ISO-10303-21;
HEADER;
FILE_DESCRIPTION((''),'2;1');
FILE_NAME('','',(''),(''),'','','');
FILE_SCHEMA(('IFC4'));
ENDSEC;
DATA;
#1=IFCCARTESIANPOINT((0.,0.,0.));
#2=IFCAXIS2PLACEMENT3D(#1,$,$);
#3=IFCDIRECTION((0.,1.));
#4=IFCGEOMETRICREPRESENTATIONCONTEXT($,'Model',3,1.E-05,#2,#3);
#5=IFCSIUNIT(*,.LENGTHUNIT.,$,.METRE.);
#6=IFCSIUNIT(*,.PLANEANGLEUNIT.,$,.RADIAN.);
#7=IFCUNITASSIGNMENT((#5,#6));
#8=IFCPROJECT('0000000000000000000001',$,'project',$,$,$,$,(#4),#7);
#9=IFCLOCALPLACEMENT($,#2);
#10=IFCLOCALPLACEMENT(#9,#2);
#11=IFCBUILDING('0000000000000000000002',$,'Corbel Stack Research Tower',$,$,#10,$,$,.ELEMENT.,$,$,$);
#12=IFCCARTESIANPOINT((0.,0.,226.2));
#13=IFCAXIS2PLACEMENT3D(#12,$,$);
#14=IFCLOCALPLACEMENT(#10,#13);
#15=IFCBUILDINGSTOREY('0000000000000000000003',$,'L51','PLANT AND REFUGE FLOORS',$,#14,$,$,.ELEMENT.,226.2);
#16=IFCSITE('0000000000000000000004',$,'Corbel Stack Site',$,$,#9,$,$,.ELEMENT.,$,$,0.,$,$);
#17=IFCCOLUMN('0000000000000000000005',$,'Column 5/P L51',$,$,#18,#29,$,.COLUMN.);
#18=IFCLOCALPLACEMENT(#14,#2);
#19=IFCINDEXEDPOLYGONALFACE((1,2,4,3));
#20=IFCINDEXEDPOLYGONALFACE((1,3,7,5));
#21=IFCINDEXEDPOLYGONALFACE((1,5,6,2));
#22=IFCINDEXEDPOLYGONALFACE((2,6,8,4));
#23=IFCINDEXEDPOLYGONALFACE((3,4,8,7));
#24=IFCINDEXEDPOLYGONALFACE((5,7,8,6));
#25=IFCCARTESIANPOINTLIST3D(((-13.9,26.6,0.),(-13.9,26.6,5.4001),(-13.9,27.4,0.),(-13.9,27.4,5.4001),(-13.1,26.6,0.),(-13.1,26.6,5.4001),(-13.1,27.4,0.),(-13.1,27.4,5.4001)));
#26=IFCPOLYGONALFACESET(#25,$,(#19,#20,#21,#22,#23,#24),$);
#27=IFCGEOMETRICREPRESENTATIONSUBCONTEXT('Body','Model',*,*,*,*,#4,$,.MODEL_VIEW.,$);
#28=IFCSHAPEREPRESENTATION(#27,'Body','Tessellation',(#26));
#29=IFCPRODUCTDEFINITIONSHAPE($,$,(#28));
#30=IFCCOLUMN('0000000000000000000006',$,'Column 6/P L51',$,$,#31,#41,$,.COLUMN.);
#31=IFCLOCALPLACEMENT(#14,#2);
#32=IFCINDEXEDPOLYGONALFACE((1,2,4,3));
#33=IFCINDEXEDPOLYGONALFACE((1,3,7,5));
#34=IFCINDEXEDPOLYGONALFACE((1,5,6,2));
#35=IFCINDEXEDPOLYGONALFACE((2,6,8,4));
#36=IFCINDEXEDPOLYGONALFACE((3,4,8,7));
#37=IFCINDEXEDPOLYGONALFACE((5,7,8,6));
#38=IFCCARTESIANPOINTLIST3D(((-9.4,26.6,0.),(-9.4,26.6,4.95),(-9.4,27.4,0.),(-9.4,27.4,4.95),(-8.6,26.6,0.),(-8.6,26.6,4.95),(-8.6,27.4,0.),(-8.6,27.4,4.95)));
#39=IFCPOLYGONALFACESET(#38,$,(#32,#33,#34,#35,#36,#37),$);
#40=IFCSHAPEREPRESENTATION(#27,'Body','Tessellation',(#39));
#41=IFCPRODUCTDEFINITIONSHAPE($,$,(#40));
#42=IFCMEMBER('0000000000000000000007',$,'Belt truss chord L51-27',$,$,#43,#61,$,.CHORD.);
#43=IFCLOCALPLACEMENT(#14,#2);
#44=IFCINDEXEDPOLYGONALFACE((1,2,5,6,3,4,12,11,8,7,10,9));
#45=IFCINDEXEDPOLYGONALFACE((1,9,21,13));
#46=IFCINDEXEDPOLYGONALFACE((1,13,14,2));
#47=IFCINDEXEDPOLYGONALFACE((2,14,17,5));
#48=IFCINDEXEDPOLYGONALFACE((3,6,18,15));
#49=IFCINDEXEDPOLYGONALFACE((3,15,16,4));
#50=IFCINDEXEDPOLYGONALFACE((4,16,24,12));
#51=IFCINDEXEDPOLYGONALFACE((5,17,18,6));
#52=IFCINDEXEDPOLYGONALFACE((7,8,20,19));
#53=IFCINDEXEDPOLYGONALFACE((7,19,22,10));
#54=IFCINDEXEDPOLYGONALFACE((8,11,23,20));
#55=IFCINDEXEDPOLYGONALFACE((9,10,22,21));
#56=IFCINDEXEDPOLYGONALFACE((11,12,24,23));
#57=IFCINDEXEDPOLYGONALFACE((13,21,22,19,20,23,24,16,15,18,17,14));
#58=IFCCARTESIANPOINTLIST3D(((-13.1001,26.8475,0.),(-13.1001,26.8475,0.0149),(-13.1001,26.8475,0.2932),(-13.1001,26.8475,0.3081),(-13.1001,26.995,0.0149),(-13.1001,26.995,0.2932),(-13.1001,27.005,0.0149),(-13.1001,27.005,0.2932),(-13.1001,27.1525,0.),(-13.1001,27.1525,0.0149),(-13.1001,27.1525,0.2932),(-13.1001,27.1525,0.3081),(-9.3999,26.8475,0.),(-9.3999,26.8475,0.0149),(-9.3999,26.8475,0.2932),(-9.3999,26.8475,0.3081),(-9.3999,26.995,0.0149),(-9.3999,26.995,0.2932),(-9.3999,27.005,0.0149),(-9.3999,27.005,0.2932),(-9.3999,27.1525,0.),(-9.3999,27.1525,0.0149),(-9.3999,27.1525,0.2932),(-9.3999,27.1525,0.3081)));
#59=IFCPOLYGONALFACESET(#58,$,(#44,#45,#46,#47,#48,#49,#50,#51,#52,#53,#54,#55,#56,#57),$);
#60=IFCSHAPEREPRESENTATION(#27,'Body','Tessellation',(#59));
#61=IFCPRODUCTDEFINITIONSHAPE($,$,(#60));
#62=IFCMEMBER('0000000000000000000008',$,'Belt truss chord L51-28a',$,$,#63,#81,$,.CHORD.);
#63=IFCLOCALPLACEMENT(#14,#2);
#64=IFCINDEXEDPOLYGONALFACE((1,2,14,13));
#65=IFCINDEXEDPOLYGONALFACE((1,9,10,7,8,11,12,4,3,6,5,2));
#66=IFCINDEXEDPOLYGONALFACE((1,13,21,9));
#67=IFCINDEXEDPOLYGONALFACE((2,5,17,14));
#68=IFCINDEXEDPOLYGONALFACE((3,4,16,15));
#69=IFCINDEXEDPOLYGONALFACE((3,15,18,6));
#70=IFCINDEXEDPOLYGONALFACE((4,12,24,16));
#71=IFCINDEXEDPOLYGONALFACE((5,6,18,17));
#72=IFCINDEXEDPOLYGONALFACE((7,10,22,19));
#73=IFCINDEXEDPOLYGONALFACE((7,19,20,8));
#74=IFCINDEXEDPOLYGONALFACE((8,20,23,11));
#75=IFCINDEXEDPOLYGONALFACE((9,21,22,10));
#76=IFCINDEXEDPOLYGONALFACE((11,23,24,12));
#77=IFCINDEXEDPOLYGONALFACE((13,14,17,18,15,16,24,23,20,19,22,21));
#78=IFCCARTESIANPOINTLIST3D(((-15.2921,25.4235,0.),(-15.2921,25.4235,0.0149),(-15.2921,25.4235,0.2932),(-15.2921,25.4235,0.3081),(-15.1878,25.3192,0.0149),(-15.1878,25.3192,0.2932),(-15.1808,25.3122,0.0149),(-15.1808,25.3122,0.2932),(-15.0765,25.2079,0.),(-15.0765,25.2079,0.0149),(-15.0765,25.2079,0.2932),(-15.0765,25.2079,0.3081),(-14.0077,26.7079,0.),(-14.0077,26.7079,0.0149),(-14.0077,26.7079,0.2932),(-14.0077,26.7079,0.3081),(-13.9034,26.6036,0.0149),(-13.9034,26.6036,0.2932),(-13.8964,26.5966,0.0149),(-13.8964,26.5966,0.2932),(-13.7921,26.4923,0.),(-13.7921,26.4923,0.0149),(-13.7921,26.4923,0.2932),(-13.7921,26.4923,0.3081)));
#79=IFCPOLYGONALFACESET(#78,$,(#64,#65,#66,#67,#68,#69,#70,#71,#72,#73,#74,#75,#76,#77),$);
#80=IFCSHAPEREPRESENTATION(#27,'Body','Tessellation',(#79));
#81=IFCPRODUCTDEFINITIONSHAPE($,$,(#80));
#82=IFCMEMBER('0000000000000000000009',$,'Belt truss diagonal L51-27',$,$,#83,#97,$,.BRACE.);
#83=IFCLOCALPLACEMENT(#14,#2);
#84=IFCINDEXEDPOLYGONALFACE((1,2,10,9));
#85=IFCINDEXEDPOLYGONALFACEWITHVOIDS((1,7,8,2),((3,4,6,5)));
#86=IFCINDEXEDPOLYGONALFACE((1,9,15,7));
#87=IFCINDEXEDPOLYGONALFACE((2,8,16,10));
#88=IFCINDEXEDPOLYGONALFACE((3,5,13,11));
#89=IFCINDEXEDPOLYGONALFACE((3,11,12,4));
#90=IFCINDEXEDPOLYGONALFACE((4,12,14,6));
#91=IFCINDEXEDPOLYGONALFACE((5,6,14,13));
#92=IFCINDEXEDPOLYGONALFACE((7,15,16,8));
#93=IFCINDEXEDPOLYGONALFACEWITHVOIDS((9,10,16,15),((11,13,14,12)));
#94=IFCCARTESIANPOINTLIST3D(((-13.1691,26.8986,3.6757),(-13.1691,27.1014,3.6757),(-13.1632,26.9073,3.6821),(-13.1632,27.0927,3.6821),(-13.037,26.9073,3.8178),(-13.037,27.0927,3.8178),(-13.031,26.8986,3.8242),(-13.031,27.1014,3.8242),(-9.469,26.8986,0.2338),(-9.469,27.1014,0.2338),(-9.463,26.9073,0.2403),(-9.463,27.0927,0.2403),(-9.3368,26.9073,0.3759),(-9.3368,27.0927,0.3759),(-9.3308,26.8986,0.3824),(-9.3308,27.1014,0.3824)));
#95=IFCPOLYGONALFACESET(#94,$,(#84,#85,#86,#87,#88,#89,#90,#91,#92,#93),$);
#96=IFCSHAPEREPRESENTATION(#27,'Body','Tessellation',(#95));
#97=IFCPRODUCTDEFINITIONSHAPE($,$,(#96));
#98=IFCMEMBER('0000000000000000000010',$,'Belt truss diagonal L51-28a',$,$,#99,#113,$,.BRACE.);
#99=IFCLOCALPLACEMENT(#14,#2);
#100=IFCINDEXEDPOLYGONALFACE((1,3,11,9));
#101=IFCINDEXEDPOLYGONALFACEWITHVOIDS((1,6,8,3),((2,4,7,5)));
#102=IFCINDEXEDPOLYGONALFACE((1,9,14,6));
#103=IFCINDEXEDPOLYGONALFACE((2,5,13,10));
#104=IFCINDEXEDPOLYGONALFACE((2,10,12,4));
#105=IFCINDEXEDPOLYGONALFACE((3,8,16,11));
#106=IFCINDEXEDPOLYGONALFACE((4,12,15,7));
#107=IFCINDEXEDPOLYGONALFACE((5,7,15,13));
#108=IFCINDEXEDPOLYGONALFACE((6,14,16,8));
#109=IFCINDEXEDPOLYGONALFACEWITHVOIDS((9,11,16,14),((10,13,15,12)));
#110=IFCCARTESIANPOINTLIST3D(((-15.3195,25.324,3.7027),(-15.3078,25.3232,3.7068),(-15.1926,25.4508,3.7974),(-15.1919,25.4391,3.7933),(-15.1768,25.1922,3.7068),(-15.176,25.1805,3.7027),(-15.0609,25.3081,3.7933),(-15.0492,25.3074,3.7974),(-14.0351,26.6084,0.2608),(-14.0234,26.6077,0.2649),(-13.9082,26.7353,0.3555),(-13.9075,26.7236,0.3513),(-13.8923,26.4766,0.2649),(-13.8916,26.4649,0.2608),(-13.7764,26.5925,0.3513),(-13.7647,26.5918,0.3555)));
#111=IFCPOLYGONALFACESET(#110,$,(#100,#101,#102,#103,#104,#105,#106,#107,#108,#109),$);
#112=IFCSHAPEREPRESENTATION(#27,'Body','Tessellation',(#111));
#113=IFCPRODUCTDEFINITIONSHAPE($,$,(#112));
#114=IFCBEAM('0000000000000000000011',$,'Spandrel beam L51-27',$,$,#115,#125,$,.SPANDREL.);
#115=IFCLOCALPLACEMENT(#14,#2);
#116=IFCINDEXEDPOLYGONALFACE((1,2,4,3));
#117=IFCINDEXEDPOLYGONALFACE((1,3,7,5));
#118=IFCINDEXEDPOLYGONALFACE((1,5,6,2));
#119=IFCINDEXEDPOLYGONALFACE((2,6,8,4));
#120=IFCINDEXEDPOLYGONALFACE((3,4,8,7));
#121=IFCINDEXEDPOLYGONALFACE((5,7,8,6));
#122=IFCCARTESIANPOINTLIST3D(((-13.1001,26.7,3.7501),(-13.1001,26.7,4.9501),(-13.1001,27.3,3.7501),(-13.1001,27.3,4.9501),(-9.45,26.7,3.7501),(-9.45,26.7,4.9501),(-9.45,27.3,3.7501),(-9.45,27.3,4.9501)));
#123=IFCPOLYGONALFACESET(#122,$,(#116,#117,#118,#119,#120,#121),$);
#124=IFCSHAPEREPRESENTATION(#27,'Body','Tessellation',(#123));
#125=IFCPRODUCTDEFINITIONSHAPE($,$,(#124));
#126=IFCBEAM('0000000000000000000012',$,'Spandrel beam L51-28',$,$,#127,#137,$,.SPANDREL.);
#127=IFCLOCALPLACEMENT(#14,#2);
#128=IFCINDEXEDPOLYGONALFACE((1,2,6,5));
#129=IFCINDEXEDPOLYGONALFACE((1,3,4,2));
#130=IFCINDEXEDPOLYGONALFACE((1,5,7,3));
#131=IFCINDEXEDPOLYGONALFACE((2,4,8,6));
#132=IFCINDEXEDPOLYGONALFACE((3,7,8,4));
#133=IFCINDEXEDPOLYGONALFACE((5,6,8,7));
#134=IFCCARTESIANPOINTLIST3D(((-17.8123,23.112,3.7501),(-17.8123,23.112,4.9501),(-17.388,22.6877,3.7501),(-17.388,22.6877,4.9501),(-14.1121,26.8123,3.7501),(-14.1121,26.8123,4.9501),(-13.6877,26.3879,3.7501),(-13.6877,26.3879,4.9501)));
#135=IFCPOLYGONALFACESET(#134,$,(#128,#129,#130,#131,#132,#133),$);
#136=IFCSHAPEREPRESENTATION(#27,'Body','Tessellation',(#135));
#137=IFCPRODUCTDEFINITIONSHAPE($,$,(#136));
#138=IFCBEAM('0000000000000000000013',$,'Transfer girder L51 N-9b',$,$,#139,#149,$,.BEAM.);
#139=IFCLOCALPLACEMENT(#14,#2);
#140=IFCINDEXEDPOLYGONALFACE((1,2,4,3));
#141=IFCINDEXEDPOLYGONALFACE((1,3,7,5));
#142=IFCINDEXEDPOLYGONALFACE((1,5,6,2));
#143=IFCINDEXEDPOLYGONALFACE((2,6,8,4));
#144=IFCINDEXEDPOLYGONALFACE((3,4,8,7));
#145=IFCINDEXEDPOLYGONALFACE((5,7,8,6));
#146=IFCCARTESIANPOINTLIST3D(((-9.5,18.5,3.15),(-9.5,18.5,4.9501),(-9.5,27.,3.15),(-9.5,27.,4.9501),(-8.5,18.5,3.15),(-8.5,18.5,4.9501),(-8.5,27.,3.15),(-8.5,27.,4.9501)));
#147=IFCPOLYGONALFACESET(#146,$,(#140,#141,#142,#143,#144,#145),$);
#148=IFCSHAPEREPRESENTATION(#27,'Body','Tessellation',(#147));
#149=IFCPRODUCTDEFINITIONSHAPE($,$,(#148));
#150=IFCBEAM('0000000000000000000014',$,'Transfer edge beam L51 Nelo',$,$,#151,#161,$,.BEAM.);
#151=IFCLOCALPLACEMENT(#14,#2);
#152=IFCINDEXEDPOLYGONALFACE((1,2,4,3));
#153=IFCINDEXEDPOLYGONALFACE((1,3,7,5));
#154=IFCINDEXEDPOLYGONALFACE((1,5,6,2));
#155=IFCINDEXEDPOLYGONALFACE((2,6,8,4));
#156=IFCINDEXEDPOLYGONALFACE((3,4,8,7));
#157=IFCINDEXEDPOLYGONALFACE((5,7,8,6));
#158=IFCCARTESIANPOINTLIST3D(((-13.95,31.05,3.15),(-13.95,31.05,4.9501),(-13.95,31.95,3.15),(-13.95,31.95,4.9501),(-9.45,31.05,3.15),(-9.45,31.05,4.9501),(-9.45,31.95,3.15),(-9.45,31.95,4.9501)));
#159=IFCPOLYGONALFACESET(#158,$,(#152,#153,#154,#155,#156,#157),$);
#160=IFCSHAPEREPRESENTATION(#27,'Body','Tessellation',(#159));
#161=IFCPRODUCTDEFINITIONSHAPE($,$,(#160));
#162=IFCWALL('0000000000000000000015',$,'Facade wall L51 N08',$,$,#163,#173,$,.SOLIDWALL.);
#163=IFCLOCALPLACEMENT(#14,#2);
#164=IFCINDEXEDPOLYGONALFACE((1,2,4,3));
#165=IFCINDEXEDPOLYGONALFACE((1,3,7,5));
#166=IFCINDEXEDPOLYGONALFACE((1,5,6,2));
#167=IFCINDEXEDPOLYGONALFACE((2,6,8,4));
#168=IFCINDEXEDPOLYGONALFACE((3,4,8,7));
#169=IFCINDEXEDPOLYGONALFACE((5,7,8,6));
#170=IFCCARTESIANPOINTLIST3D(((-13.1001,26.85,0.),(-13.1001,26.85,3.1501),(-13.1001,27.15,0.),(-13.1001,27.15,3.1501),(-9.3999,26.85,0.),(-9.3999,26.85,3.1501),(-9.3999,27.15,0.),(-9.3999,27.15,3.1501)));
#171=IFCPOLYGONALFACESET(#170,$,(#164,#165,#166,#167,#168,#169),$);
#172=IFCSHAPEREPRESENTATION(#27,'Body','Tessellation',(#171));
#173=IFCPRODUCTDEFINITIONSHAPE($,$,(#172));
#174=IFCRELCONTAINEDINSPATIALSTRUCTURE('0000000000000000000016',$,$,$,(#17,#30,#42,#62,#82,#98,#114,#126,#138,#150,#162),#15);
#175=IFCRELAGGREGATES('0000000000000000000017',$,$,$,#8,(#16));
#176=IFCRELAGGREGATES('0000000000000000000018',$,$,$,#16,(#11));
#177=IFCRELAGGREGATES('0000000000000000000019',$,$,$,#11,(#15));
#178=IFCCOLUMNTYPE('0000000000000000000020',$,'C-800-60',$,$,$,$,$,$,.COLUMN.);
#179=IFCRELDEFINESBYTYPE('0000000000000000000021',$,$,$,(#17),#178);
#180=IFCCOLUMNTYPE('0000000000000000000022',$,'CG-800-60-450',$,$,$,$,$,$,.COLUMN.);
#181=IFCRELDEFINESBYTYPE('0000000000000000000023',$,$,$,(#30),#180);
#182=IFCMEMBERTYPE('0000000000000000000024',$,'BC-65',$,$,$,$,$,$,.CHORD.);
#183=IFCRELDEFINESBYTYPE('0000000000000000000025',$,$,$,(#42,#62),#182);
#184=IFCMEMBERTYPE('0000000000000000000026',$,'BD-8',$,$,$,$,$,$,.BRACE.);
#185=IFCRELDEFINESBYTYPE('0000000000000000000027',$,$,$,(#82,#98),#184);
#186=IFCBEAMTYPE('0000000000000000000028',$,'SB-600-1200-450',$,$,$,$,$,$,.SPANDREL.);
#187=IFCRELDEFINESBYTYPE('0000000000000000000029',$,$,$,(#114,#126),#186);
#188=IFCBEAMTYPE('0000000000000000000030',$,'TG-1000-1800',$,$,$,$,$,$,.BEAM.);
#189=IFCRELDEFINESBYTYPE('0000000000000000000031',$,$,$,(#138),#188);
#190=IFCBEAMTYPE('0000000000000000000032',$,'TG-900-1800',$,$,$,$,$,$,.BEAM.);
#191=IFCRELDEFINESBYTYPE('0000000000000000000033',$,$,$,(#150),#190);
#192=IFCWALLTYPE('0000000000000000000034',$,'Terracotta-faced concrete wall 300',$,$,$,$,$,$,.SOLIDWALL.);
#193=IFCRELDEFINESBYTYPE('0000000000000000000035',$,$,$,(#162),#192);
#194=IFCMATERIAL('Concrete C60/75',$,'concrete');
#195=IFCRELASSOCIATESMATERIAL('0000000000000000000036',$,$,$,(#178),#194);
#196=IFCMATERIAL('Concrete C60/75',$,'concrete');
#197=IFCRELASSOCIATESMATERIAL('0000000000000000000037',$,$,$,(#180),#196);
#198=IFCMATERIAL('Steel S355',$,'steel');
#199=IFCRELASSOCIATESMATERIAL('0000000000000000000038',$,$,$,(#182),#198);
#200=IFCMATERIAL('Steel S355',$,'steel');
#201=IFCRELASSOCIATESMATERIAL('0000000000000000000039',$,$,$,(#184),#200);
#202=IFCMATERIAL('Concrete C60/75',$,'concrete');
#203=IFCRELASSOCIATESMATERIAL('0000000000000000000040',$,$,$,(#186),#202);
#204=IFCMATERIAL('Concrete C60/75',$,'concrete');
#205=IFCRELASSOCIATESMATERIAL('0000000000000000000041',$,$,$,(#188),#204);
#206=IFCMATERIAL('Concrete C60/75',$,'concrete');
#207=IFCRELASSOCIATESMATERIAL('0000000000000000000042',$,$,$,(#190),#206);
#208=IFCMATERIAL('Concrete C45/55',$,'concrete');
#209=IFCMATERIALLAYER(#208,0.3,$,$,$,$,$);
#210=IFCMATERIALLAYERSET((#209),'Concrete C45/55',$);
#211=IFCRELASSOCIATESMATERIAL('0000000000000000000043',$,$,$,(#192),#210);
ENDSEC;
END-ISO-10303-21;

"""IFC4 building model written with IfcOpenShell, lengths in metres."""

from ifc_helpers import new_model, si_unit, direction, frame, frame_2d, origin, origin_2d, place, context, subcontext, project, spatial, rectangle, hollow_rectangle, i_section, extrude, material, layer, layer_set, material_profile, profile_set, type_object, element, save


model = new_model("IFC4")

# Units and contexts
model_context = context("Model", 3, precision=1e-05, world=origin(), true_north=direction((0.0, 1.0)))
body_context = subcontext(model_context, "Body", "Model", "MODEL_VIEW")
ifc_project = project(units=[si_unit("LENGTHUNIT", "METRE"), si_unit("PLANEANGLEUNIT", "RADIAN")], contexts=[model_context])

# Site, building, storey
site_placement = place(None, origin())
site = spatial("IfcSite", under=ifc_project, at=site_placement, Name="Corbel Stack Site", CompositionType="ELEMENT", RefElevation=0.0)
building_placement = place(site_placement, origin())
building = spatial("IfcBuilding", under=site, at=building_placement, Name="Corbel Stack Research Tower", CompositionType="ELEMENT")
storey_placement = place(building_placement, frame((0.0, 0.0, 226.2)))
storey = spatial("IfcBuildingStorey", under=building, at=storey_placement, Name="L51", Description="PLANT AND REFUGE FLOORS", CompositionType="ELEMENT", Elevation=226.2)

# Columns
ifc_material_1 = material(Name="Concrete C60/75", Category="concrete")
ifc_material_profile_1 = material_profile(ifc_material_1, rectangle(XDim=0.8, YDim=0.8, at=origin_2d()), Name="RC 800 x 800")
ifc_profile_set_1 = profile_set([ifc_material_profile_1], Name="Concrete C60/75")
column_type_1 = type_object("IfcColumnType", Name="C-800-60", PredefinedType="COLUMN", material=ifc_profile_set_1)
column_1_placement = place(storey_placement, frame((-13.5, 27.0, 0.0), z_axis=(0.0, 0.0, 1.0), x_axis=(1.0, 0.0, 0.0)))
element("IfcColumn", 1, at=column_1_placement, inside=storey, type_object=column_type_1, Name="Column 5/P L51", PredefinedType="COLUMN", context=body_context, shape_type="SweptSolid", body=[
    extrude(rectangle(XDim=0.8, YDim=0.8, at=origin_2d()), origin(), (0.0, 0.0, 1.0), 5.4001),
])
ifc_material_2 = material(Name="Concrete C60/75", Category="concrete")
ifc_material_profile_2 = material_profile(ifc_material_2, rectangle(XDim=0.8, YDim=0.8, at=origin_2d()), Name="RC 800 x 800")
ifc_profile_set_2 = profile_set([ifc_material_profile_2], Name="Concrete C60/75")
column_type_2 = type_object("IfcColumnType", Name="CG-800-60-450", PredefinedType="COLUMN", material=ifc_profile_set_2)
column_2_placement = place(storey_placement, frame((-9.0, 27.0, 0.0), z_axis=(0.0, 0.0, 1.0), x_axis=(1.0, 0.0, 0.0)))
element("IfcColumn", 2, at=column_2_placement, inside=storey, type_object=column_type_2, Name="Column 6/P L51", PredefinedType="COLUMN", context=body_context, shape_type="SweptSolid", body=[
    extrude(rectangle(XDim=0.8, YDim=0.8, at=origin_2d()), origin(), (0.0, 0.0, 1.0), 4.95),
])

# Members
ifc_material_3 = material(Name="Steel S355", Category="steel")
ifc_material_profile_3 = material_profile(ifc_material_3, i_section(OverallWidth=0.3049, OverallDepth=0.3081, WebThickness=0.01, FlangeThickness=0.0149, at=origin_2d()), Name="W12x65")
ifc_profile_set_3 = profile_set([ifc_material_profile_3], Name="Steel S355")
member_type_1 = type_object("IfcMemberType", Name="BC-65", PredefinedType="CHORD", material=ifc_profile_set_3)
member_1_placement = place(storey_placement, frame((-9.3999, 27.0, 0.1541), z_axis=(-1.0, 0.0, 0.0), x_axis=(0.0, -1.0, 0.0)))
element("IfcMember", 3, at=member_1_placement, inside=storey, type_object=member_type_1, Name="Belt truss chord L51-27", PredefinedType="CHORD", context=body_context, shape_type="SweptSolid", body=[
    extrude(i_section(OverallWidth=0.3049, OverallDepth=0.3081, WebThickness=0.01, FlangeThickness=0.0149, at=origin_2d()), origin(), (0.0, 0.0, 1.0), 3.7002),
])
member_2_placement = place(storey_placement, frame((-13.8999, 26.6001, 0.1541), z_axis=(-0.707107, -0.707107, 0.0), x_axis=(0.707107, -0.707107, 0.0)))
element("IfcMember", 4, at=member_2_placement, inside=storey, type_object=member_type_1, Name="Belt truss chord L51-28a", PredefinedType="CHORD", context=body_context, shape_type="SweptSolid", body=[
    extrude(i_section(OverallWidth=0.3049, OverallDepth=0.3081, WebThickness=0.01, FlangeThickness=0.0149, at=origin_2d()), origin(), (0.0, 0.0, 1.0), 1.8164),
])
ifc_material_4 = material(Name="Steel S355", Category="steel")
ifc_material_profile_4 = material_profile(ifc_material_4, hollow_rectangle(XDim=0.2029, YDim=0.2029, WallThickness=0.0088, at=origin_2d()), Name="HSS8x8x3/8")
ifc_profile_set_4 = profile_set([ifc_material_profile_4], Name="Steel S355")
member_type_2 = type_object("IfcMemberType", Name="BD-8", PredefinedType="BRACE", material=ifc_profile_set_4)
member_3_placement = place(storey_placement, frame((-9.3999, 27.0, 0.3081), z_axis=(-0.732201, 0.0, 0.681088), x_axis=(0.0, -1.0, 0.0)))
element("IfcMember", 5, at=member_3_placement, inside=storey, type_object=member_type_2, Name="Belt truss diagonal L51-27", PredefinedType="BRACE", context=body_context, shape_type="SweptSolid", body=[
    extrude(hollow_rectangle(XDim=0.2029, YDim=0.2029, WallThickness=0.0088, at=origin_2d()), origin(), (0.0, 0.0, 1.0), 5.0535),
])
member_4_placement = place(storey_placement, frame((-13.8999, 26.6001, 0.3081), z_axis=(-0.330033, -0.330033, 0.884396), x_axis=(0.707107, -0.707107, 0.0)))
element("IfcMember", 6, at=member_4_placement, inside=storey, type_object=member_type_2, Name="Belt truss diagonal L51-28a", PredefinedType="BRACE", context=body_context, shape_type="SweptSolid", body=[
    extrude(hollow_rectangle(XDim=0.2029, YDim=0.2029, WallThickness=0.0088, at=origin_2d()), origin(), (0.0, 0.0, 1.0), 3.8918),
])

# Beams
ifc_material_5 = material(Name="Concrete C60/75", Category="concrete")
ifc_material_profile_5 = material_profile(ifc_material_5, rectangle(XDim=0.6001, YDim=1.2, at=origin_2d()), Name="RC 600 x 1200")
ifc_profile_set_5 = profile_set([ifc_material_profile_5], Name="Concrete C60/75")
beam_type_1 = type_object("IfcBeamType", Name="SB-600-1200-450", PredefinedType="SPANDREL", material=ifc_profile_set_5)
beam_1_placement = place(storey_placement, frame((-9.45, 27.0, 4.3501), z_axis=(-1.0, 0.0, 0.0), x_axis=(0.0, -1.0, 0.0)))
element("IfcBeam", 7, at=beam_1_placement, inside=storey, type_object=beam_type_1, Name="Spandrel beam L51-27", PredefinedType="SPANDREL", context=body_context, shape_type="SweptSolid", body=[
    extrude(rectangle(XDim=0.6001, YDim=1.2, at=origin_2d()), origin(), (0.0, 0.0, 1.0), 3.6501),
])
beam_2_placement = place(storey_placement, frame((-13.8999, 26.6001, 4.3501), z_axis=(-0.707107, -0.707107, 0.0), x_axis=(0.707107, -0.707107, 0.0)))
element("IfcBeam", 8, at=beam_2_placement, inside=storey, type_object=beam_type_1, Name="Spandrel beam L51-28", PredefinedType="SPANDREL", context=body_context, shape_type="SweptSolid", body=[
    extrude(rectangle(XDim=0.6001, YDim=1.2, at=origin_2d()), origin(), (0.0, 0.0, 1.0), 5.2329),
])
ifc_material_6 = material(Name="Concrete C60/75", Category="concrete")
ifc_material_profile_6 = material_profile(ifc_material_6, rectangle(XDim=1.0, YDim=1.8, at=origin_2d()), Name="RC 1000 x 1800")
ifc_profile_set_6 = profile_set([ifc_material_profile_6], Name="Concrete C60/75")
beam_type_2 = type_object("IfcBeamType", Name="TG-1000-1800", PredefinedType="BEAM", material=ifc_profile_set_6)
beam_3_placement = place(storey_placement, frame((-9.0, 27.0, 4.05), z_axis=(0.0, -1.0, 0.0), x_axis=(1.0, 0.0, 0.0)))
element("IfcBeam", 9, at=beam_3_placement, inside=storey, type_object=beam_type_2, Name="Transfer girder L51 N-9b", PredefinedType="BEAM", context=body_context, shape_type="SweptSolid", body=[
    extrude(rectangle(XDim=1.0, YDim=1.8, at=origin_2d()), origin(), (0.0, 0.0, 1.0), 8.5),
])
ifc_material_7 = material(Name="Concrete C60/75", Category="concrete")
ifc_material_profile_7 = material_profile(ifc_material_7, rectangle(XDim=0.8999, YDim=1.8, at=origin_2d()), Name="RC 900 x 1800")
ifc_profile_set_7 = profile_set([ifc_material_profile_7], Name="Concrete C60/75")
beam_type_3 = type_object("IfcBeamType", Name="TG-900-1800", PredefinedType="BEAM", material=ifc_profile_set_7)
beam_4_placement = place(storey_placement, frame((-13.95, 31.5, 4.05), z_axis=(1.0, 0.0, 0.0), x_axis=(0.0, 1.0, 0.0)))
element("IfcBeam", 10, at=beam_4_placement, inside=storey, type_object=beam_type_3, Name="Transfer edge beam L51 Nelo", PredefinedType="BEAM", context=body_context, shape_type="SweptSolid", body=[
    extrude(rectangle(XDim=0.8999, YDim=1.8, at=origin_2d()), origin(), (0.0, 0.0, 1.0), 4.5),
])

# Wall
ifc_material_8 = material(Name="Concrete C45/55", Category="concrete")
ifc_layer_1 = layer(ifc_material_8, 0.3)
ifc_layer_set_1 = layer_set([ifc_layer_1], Name="Concrete C45/55")
wall_type = type_object("IfcWallType", Name="Terracotta-faced concrete wall 300", PredefinedType="SOLIDWALL", material=ifc_layer_set_1)
wall_placement = place(storey_placement, frame((-13.1001, 27.0, 0.0), z_axis=(0.0, 0.0, 1.0), x_axis=(1.0, 0.0, 0.0)))
element("IfcWall", 11, at=wall_placement, inside=storey, type_object=wall_type, Name="Facade wall L51 N08", PredefinedType="SOLIDWALL", context=body_context, shape_type="SweptSolid", body=[
    extrude(rectangle(XDim=3.7002, YDim=0.3, at=frame_2d((1.8501, 0.0))), origin(), (0.0, 0.0, 1.0), 3.1501),
])

save(model, "model.ifc")
